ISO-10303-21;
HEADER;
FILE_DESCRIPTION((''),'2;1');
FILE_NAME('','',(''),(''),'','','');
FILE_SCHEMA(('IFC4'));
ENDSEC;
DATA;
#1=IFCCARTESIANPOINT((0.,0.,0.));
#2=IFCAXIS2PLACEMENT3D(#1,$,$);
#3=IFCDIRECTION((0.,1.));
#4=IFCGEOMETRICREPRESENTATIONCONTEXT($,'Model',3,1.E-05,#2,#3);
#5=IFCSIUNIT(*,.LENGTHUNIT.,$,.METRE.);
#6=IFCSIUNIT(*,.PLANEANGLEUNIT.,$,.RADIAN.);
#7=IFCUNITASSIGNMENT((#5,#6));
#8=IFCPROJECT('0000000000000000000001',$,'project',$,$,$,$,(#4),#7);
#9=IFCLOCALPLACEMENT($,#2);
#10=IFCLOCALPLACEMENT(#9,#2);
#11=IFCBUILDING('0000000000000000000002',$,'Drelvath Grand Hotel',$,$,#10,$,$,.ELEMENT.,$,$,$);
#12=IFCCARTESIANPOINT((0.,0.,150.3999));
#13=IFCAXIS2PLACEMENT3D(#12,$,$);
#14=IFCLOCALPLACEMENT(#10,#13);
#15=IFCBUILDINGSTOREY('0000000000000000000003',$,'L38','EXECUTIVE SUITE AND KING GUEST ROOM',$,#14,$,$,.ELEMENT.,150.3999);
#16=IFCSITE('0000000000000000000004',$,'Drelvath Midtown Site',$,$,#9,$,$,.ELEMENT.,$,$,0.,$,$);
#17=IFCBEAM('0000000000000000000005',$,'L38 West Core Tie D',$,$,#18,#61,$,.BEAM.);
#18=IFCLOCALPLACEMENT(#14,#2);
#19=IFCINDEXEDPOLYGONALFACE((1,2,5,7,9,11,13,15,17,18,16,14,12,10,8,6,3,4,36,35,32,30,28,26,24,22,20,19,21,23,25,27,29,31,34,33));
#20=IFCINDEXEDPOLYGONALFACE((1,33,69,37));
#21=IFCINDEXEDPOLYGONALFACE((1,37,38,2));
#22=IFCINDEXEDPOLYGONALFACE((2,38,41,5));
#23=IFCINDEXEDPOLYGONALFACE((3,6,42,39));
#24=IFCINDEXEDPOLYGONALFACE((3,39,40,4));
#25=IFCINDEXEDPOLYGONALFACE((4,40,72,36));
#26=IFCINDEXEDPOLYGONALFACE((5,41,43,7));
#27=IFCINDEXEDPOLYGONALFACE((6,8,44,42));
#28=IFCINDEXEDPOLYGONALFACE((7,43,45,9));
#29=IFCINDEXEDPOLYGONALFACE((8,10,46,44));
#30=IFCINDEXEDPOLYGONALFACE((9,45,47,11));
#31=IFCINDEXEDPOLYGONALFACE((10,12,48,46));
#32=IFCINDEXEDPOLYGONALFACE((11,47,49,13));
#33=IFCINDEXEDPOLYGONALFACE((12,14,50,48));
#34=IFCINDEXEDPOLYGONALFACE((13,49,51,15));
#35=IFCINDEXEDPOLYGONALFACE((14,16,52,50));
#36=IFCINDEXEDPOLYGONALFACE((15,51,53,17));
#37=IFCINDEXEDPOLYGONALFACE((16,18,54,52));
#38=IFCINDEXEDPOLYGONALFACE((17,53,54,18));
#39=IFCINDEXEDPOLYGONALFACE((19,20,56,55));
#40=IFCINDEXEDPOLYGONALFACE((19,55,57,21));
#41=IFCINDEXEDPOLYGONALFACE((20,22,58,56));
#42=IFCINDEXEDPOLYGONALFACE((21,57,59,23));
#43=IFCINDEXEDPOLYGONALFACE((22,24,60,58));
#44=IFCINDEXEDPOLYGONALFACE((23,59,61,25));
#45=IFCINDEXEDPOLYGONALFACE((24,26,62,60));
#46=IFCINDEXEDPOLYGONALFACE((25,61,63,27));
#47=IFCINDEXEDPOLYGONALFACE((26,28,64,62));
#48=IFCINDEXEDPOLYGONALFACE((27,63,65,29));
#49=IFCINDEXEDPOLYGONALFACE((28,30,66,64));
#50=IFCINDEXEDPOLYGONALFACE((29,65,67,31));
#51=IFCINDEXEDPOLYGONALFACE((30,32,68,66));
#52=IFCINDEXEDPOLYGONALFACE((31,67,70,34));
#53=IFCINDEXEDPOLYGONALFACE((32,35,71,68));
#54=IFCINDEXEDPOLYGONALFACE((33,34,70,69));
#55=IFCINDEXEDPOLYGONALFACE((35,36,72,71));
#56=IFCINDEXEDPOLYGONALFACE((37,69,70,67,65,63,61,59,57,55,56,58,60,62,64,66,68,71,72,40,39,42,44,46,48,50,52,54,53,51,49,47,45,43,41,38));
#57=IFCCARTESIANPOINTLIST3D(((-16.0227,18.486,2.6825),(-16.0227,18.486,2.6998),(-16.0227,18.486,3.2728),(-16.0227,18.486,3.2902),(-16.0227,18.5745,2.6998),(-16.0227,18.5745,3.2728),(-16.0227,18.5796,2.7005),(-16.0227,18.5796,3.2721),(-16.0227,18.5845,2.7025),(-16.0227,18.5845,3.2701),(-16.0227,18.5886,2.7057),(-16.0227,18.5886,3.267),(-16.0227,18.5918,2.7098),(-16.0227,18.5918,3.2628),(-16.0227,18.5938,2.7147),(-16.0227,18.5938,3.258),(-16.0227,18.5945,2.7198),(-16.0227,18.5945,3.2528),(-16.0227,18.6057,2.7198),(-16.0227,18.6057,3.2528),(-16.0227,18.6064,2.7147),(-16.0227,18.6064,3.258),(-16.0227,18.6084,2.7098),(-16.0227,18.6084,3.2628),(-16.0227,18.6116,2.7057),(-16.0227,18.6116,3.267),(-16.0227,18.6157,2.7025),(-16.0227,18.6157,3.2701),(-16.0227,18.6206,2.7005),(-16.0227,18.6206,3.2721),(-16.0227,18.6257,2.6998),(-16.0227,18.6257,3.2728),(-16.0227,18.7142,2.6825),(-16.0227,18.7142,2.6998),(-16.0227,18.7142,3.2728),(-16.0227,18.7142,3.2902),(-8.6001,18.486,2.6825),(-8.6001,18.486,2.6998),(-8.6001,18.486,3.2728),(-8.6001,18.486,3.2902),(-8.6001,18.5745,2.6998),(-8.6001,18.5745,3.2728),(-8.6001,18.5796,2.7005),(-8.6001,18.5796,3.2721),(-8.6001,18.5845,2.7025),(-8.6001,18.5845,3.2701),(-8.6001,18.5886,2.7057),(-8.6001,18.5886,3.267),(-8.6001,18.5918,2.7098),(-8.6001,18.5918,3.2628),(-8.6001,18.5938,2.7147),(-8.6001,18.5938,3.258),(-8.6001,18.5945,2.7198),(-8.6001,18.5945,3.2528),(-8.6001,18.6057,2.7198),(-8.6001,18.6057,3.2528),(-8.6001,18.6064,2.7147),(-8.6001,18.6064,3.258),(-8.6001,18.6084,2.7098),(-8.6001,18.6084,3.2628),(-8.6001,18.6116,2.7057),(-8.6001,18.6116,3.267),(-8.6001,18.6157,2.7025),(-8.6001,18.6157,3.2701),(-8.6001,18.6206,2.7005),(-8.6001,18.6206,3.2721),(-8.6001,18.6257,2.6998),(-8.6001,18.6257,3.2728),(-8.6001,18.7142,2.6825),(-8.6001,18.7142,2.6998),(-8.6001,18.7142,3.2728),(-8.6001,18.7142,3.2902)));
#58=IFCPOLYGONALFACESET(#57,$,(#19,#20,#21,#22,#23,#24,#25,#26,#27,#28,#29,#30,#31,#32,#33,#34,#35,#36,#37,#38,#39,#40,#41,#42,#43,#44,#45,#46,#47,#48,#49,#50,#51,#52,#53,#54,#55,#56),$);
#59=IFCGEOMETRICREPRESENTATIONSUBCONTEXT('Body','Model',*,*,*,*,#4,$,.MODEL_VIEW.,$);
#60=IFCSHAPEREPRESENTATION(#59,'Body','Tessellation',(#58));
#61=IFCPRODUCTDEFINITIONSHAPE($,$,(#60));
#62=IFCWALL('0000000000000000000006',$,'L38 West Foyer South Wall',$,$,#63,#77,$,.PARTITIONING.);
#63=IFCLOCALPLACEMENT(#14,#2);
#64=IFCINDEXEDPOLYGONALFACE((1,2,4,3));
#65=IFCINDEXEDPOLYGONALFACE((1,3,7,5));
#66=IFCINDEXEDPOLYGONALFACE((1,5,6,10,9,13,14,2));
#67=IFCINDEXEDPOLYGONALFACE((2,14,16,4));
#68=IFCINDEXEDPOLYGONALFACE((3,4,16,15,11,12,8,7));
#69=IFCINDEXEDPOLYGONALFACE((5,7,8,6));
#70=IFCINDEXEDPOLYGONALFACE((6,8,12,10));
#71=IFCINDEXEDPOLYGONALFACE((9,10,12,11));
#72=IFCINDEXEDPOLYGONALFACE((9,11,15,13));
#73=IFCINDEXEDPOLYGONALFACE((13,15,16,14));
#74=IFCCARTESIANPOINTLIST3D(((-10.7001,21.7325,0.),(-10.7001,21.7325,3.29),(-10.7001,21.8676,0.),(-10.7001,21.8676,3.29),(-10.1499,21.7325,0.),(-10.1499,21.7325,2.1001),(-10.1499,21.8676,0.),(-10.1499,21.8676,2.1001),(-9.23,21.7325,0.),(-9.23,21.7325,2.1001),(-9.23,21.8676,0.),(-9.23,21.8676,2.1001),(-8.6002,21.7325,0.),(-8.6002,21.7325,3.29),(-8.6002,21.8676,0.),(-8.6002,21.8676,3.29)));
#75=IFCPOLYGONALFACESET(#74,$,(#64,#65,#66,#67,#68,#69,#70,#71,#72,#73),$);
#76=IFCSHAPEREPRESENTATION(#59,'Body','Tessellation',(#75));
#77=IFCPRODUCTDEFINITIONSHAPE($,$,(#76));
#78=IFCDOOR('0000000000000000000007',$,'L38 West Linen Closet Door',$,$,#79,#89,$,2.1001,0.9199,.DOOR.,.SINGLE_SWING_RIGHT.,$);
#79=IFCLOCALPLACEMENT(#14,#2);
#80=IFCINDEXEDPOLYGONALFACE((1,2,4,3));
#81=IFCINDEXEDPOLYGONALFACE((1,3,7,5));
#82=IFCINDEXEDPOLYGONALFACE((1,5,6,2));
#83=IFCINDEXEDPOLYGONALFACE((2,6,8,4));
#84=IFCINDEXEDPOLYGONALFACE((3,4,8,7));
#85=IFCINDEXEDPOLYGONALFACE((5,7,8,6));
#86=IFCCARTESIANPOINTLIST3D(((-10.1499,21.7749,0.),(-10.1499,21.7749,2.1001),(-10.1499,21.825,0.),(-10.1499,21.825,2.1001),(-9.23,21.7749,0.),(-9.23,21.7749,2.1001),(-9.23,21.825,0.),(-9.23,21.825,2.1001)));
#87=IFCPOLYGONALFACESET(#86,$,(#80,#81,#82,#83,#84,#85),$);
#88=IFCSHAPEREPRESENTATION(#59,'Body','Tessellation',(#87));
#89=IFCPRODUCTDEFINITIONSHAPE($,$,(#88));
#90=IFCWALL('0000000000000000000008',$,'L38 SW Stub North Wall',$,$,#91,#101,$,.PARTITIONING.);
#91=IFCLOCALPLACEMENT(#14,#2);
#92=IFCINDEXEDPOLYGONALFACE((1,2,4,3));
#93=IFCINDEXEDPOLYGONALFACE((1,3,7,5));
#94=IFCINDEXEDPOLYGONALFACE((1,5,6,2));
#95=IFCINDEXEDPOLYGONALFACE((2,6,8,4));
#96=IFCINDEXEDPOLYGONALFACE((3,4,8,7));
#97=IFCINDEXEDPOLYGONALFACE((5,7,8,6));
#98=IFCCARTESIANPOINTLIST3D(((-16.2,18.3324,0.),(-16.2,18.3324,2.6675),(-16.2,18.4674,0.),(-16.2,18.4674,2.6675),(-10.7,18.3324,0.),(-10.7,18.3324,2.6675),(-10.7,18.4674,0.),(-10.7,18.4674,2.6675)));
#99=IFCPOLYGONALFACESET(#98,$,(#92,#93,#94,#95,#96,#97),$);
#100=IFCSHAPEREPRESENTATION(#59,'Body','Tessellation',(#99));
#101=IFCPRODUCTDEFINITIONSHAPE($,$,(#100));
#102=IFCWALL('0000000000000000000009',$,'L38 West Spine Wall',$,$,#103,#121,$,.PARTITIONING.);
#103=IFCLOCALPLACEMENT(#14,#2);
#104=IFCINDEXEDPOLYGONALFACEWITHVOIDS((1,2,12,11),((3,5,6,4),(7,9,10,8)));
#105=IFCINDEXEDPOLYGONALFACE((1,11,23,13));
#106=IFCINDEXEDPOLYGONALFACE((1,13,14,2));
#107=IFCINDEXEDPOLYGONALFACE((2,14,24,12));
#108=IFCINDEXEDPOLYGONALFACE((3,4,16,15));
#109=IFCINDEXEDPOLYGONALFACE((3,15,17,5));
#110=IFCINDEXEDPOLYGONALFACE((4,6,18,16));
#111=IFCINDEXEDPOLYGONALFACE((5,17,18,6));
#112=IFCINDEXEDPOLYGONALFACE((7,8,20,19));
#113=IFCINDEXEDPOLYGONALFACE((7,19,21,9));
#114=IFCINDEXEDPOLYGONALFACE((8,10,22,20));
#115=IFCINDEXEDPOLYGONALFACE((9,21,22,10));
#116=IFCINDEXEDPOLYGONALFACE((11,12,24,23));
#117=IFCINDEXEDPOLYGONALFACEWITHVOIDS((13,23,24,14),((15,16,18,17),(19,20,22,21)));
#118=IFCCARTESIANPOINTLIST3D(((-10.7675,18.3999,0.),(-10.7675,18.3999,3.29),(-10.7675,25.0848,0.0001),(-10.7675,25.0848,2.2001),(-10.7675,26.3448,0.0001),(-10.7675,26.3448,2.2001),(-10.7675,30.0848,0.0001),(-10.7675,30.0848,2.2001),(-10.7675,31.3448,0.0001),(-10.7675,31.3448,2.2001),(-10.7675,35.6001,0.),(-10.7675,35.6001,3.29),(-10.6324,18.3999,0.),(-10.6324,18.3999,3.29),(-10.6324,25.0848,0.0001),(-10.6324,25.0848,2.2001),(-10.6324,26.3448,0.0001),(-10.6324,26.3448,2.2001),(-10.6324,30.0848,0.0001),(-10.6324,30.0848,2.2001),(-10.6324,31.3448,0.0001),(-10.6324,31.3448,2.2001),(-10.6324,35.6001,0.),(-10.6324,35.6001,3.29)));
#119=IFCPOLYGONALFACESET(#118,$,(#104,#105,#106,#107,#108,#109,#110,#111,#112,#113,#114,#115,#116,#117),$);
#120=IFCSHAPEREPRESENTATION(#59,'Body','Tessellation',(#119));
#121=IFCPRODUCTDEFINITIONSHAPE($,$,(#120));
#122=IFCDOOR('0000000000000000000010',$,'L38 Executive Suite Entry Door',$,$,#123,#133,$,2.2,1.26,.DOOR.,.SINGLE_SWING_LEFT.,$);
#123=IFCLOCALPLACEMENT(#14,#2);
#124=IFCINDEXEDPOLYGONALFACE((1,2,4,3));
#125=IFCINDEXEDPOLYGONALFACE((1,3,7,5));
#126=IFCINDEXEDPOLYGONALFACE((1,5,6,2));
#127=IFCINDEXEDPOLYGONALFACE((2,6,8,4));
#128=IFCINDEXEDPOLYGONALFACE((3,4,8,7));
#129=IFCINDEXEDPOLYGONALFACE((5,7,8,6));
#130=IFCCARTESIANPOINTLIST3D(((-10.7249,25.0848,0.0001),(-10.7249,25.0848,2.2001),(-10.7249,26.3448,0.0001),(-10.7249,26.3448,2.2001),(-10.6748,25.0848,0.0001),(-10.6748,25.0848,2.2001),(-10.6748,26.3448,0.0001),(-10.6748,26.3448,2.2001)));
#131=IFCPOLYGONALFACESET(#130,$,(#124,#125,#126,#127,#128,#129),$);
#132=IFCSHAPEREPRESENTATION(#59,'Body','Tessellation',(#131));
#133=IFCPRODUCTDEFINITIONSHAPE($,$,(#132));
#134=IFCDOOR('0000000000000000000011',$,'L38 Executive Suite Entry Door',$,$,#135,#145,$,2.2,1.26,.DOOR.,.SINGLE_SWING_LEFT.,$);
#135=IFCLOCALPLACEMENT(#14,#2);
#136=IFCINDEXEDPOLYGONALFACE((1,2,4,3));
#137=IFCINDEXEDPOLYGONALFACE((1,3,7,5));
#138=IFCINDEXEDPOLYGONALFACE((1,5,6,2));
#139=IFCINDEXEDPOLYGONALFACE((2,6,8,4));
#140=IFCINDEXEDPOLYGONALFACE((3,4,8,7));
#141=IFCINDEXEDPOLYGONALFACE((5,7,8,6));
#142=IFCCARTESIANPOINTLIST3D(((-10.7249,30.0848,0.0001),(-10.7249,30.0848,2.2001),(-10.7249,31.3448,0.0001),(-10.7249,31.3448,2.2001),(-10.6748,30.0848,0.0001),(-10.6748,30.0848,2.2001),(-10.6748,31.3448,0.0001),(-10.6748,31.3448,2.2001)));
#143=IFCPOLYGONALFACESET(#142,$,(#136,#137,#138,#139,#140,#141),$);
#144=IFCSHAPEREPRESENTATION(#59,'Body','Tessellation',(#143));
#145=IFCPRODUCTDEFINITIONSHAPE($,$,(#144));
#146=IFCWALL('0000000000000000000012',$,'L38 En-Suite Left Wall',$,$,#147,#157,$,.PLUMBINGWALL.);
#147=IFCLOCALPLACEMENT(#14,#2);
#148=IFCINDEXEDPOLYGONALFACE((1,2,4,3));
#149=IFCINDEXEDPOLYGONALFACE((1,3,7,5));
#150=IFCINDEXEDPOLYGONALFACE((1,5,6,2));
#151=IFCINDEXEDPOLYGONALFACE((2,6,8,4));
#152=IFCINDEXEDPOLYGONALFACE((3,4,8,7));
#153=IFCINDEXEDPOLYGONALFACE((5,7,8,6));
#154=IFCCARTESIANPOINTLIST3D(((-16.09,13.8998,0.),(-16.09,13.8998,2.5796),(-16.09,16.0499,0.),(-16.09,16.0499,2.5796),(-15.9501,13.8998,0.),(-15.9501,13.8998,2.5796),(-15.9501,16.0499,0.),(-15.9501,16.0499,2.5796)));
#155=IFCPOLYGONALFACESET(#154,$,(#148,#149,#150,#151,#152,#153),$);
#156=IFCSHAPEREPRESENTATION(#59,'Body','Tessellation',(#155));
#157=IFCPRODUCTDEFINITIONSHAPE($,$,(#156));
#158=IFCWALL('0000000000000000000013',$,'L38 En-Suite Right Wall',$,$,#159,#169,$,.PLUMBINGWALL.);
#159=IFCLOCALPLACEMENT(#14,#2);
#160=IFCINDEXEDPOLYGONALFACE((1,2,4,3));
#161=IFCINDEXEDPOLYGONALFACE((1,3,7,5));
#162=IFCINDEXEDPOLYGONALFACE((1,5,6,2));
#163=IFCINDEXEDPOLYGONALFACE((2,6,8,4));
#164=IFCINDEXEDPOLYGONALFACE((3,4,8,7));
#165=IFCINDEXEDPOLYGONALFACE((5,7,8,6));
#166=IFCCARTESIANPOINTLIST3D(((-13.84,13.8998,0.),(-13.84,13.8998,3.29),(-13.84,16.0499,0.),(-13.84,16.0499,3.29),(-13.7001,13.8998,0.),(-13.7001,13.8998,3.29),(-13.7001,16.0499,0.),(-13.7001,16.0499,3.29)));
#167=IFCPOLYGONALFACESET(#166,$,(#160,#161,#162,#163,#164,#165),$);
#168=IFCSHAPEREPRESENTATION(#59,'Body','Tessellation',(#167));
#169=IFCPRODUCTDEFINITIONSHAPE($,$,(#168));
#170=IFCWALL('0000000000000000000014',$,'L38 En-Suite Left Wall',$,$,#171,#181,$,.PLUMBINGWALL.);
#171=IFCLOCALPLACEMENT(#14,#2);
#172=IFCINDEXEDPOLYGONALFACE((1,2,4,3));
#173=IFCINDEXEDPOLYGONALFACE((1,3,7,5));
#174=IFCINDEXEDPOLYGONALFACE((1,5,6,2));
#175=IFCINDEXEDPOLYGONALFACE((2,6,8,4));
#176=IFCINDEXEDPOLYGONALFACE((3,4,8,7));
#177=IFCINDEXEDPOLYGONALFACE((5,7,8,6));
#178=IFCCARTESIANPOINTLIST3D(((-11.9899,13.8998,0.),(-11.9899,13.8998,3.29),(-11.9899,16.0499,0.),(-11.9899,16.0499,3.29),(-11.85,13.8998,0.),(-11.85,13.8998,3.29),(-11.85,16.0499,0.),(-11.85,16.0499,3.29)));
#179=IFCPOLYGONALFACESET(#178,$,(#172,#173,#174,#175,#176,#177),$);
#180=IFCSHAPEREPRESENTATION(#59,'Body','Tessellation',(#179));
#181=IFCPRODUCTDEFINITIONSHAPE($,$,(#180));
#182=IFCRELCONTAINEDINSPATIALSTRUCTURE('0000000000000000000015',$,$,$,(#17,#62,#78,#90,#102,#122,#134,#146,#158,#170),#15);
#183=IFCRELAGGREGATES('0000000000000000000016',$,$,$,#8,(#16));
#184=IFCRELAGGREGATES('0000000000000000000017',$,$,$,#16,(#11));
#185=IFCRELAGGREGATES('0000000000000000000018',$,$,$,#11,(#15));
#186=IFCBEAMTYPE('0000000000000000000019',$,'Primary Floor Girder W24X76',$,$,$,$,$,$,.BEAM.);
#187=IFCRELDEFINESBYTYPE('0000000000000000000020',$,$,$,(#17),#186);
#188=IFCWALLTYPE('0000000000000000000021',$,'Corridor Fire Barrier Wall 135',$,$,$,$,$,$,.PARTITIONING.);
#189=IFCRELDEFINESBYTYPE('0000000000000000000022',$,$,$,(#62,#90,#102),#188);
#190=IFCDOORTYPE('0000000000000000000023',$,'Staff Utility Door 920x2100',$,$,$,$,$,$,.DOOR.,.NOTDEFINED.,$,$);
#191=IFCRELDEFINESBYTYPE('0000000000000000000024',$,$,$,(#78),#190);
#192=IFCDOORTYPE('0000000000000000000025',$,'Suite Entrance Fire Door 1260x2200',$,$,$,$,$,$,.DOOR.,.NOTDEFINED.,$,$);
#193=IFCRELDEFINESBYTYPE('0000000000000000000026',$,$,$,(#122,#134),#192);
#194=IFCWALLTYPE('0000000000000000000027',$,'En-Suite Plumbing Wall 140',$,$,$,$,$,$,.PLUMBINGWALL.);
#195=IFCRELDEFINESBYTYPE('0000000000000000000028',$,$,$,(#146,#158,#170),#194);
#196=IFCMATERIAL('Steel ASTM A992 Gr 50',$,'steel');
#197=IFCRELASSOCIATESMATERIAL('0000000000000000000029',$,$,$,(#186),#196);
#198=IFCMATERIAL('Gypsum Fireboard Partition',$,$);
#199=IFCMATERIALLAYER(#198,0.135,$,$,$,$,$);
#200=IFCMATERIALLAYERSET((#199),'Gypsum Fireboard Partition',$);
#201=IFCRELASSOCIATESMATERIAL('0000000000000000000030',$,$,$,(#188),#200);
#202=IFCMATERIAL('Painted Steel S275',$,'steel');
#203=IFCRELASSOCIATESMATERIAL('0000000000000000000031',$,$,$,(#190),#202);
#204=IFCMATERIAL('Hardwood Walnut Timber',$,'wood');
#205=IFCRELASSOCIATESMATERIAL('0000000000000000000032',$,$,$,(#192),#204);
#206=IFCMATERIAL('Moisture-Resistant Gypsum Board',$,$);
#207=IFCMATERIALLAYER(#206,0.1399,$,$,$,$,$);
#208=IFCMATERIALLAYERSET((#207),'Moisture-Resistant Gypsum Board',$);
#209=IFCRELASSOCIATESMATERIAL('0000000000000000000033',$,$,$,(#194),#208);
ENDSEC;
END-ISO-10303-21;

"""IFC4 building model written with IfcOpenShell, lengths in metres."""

from ifc_helpers import new_model, si_unit, direction, frame, frame_2d, origin, origin_2d, place, context, subcontext, project, spatial, rectangle, i_section, extrude, material, layer, layer_set, material_profile, profile_set, type_object, element, fill, save


model = new_model("IFC4")

# Units and contexts
model_context = context("Model", 3, precision=1e-05, world=origin(), true_north=direction((0.0, 1.0)))
body_context = subcontext(model_context, "Body", "Model", "MODEL_VIEW")
ifc_project = project(units=[si_unit("LENGTHUNIT", "METRE"), si_unit("PLANEANGLEUNIT", "RADIAN")], contexts=[model_context])

# Site, building, storey
site_placement = place(None, origin())
site = spatial("IfcSite", under=ifc_project, at=site_placement, Name="Drelvath Midtown Site", CompositionType="ELEMENT", RefElevation=0.0)
building_placement = place(site_placement, origin())
building = spatial("IfcBuilding", under=site, at=building_placement, Name="Drelvath Grand Hotel", CompositionType="ELEMENT")
storey_placement = place(building_placement, frame((0.0, 0.0, 150.3999)))
storey = spatial("IfcBuildingStorey", under=building, at=storey_placement, Name="L38", Description="EXECUTIVE SUITE AND KING GUEST ROOM", CompositionType="ELEMENT", Elevation=150.3999)

# Beam
ifc_material_1 = material(Name="Steel ASTM A992 Gr 50", Category="steel")
ifc_material_profile = material_profile(ifc_material_1, i_section(OverallWidth=0.2283, OverallDepth=0.6077, WebThickness=0.0112, FlangeThickness=0.0173, FilletRadius=0.02, at=origin_2d()), Name="W24X76")
ifc_profile_set = profile_set([ifc_material_profile], Name="Steel ASTM A992 Gr 50")
beam_type = type_object("IfcBeamType", Name="Primary Floor Girder W24X76", PredefinedType="BEAM", material=ifc_profile_set)
beam_placement = place(storey_placement, frame((-16.0227, 18.6001, 2.9863), z_axis=(1.0, 0.0, 0.0), x_axis=(0.0, 1.0, 0.0)))
element("IfcBeam", 1, at=beam_placement, inside=storey, type_object=beam_type, Name="L38 West Core Tie D", PredefinedType="BEAM", context=body_context, shape_type="SweptSolid", body=[
    extrude(i_section(OverallWidth=0.2283, OverallDepth=0.6077, WebThickness=0.0112, FlangeThickness=0.0173, FilletRadius=0.02, at=origin_2d()), origin(), (0.0, 0.0, 1.0), 7.4226),
])

# Wall, opening, door
ifc_material_2 = material(Name="Gypsum Fireboard Partition")
ifc_layer_1 = layer(ifc_material_2, 0.135)
ifc_layer_set_1 = layer_set([ifc_layer_1], Name="Gypsum Fireboard Partition")
wall_type_1 = type_object("IfcWallType", Name="Corridor Fire Barrier Wall 135", PredefinedType="PARTITIONING", material=ifc_layer_set_1)
wall_1_placement = place(storey_placement, frame((-10.7, 21.8, 0.0), z_axis=(0.0, 0.0, 1.0), x_axis=(1.0, 0.0, 0.0)))
wall_1 = element("IfcWall", 2, at=wall_1_placement, inside=storey, type_object=wall_type_1, Name="L38 West Foyer South Wall", PredefinedType="PARTITIONING", context=body_context, shape_type="SweptSolid", body=[
    extrude(rectangle(XDim=2.0999, YDim=0.135, at=frame_2d((1.0498, 0.0))), origin(), (0.0, 0.0, 1.0), 3.29),
])
opening_1_placement = place(wall_1_placement, frame((0.55, 0.0, 0.0)))
opening_1 = element("IfcOpeningElement", 3, at=opening_1_placement, cuts=wall_1, PredefinedType="OPENING", context=body_context, shape_type="SweptSolid", body=[
    extrude(rectangle(XDim=0.9199, YDim=2.1001, at=frame_2d((0.46, 1.05))), frame((0.0, 0.0774, 0.0), z_axis=(0.0, -1.0, 0.0), x_axis=(1.0, 0.0, 0.0)), (0.0, 0.0, 1.0), 0.155),
])
ifc_material_3 = material(Name="Painted Steel S275", Category="steel")
door_type_1 = type_object("IfcDoorType", Name="Staff Utility Door 920x2100", OperationType="NOTDEFINED", PredefinedType="DOOR", material=ifc_material_3)
door_1_placement = place(opening_1_placement, origin())
door_1 = element("IfcDoor", 4, at=door_1_placement, inside=storey, type_object=door_type_1, Name="L38 West Linen Closet Door", OperationType="SINGLE_SWING_RIGHT", OverallHeight=2.1001, OverallWidth=0.9199, PredefinedType="DOOR", context=body_context, shape_type="SweptSolid", body=[
    extrude(rectangle(XDim=0.9199, YDim=2.1001, at=frame_2d((0.46, 1.05))), frame((0.0, 0.0249, 0.0), z_axis=(0.0, -1.0, 0.0), x_axis=(1.0, 0.0, 0.0)), (0.0, 0.0, 1.0), 0.05),
])
fill(opening_1, door_1)

# Wall
wall_2_placement = place(storey_placement, frame((-16.2, 18.3999, 0.0), z_axis=(0.0, 0.0, 1.0), x_axis=(1.0, 0.0, 0.0)))
element("IfcWall", 5, at=wall_2_placement, inside=storey, type_object=wall_type_1, Name="L38 SW Stub North Wall", PredefinedType="PARTITIONING", context=body_context, shape_type="SweptSolid", body=[
    extrude(rectangle(XDim=5.5, YDim=0.135, at=frame_2d((2.75, 0.0))), origin(), (0.0, 0.0, 1.0), 2.6675),
])

# Wall, openings, doors
wall_3_placement = place(storey_placement, frame((-10.7, 18.3999, 0.0), z_axis=(0.0, 0.0, 1.0), x_axis=(0.0, 1.0, 0.0)))
wall_3 = element("IfcWall", 6, at=wall_3_placement, inside=storey, type_object=wall_type_1, Name="L38 West Spine Wall", PredefinedType="PARTITIONING", context=body_context, shape_type="SweptSolid", body=[
    extrude(rectangle(XDim=17.2002, YDim=0.135, at=frame_2d((8.6001, 0.0))), origin(), (0.0, 0.0, 1.0), 3.29),
])
opening_2_placement = place(wall_3_placement, frame((6.6851, 0.0, 0.0)))
opening_2 = element("IfcOpeningElement", 7, at=opening_2_placement, cuts=wall_3, PredefinedType="OPENING", context=body_context, shape_type="SweptSolid", body=[
    extrude(rectangle(XDim=1.26, YDim=2.2, at=frame_2d((0.6299, 1.1001))), frame((0.0, 0.0774, 0.0), z_axis=(0.0, -1.0, 0.0), x_axis=(1.0, 0.0, 0.0)), (0.0, 0.0, 1.0), 0.155),
])
opening_3_placement = place(wall_3_placement, frame((11.6851, 0.0, 0.0)))
opening_3 = element("IfcOpeningElement", 8, at=opening_3_placement, cuts=wall_3, PredefinedType="OPENING", context=body_context, shape_type="SweptSolid", body=[
    extrude(rectangle(XDim=1.26, YDim=2.2, at=frame_2d((0.6299, 1.1001))), frame((0.0, 0.0774, 0.0), z_axis=(0.0, -1.0, 0.0), x_axis=(1.0, 0.0, 0.0)), (0.0, 0.0, 1.0), 0.155),
])
ifc_material_4 = material(Name="Hardwood Walnut Timber", Category="wood")
door_type_2 = type_object("IfcDoorType", Name="Suite Entrance Fire Door 1260x2200", OperationType="NOTDEFINED", PredefinedType="DOOR", material=ifc_material_4)
door_2_placement = place(opening_2_placement, origin())
door_2 = element("IfcDoor", 9, at=door_2_placement, inside=storey, type_object=door_type_2, Name="L38 Executive Suite Entry Door", OperationType="SINGLE_SWING_LEFT", OverallHeight=2.2, OverallWidth=1.26, PredefinedType="DOOR", context=body_context, shape_type="SweptSolid", body=[
    extrude(rectangle(XDim=1.26, YDim=2.2, at=frame_2d((0.6299, 1.1001))), frame((0.0, 0.0249, 0.0), z_axis=(0.0, -1.0, 0.0), x_axis=(1.0, 0.0, 0.0)), (0.0, 0.0, 1.0), 0.05),
])
fill(opening_2, door_2)
door_3_placement = place(opening_3_placement, origin())
door_3 = element("IfcDoor", 10, at=door_3_placement, inside=storey, type_object=door_type_2, Name="L38 Executive Suite Entry Door", OperationType="SINGLE_SWING_LEFT", OverallHeight=2.2, OverallWidth=1.26, PredefinedType="DOOR", context=body_context, shape_type="SweptSolid", body=[
    extrude(rectangle(XDim=1.26, YDim=2.2, at=frame_2d((0.6299, 1.1001))), frame((0.0, 0.0249, 0.0), z_axis=(0.0, -1.0, 0.0), x_axis=(1.0, 0.0, 0.0)), (0.0, 0.0, 1.0), 0.05),
])
fill(opening_3, door_3)

# Walls
ifc_material_5 = material(Name="Moisture-Resistant Gypsum Board")
ifc_layer_2 = layer(ifc_material_5, 0.1399)
ifc_layer_set_2 = layer_set([ifc_layer_2], Name="Moisture-Resistant Gypsum Board")
wall_type_2 = type_object("IfcWallType", Name="En-Suite Plumbing Wall 140", PredefinedType="PLUMBINGWALL", material=ifc_layer_set_2)
wall_4_placement = place(storey_placement, frame((-16.02, 16.05, 0.0), z_axis=(0.0, 0.0, 1.0), x_axis=(0.0, -1.0, 0.0)))
element("IfcWall", 11, at=wall_4_placement, inside=storey, type_object=wall_type_2, Name="L38 En-Suite Left Wall", PredefinedType="PLUMBINGWALL", context=body_context, shape_type="SweptSolid", body=[
    extrude(rectangle(XDim=2.1501, YDim=0.1399, at=frame_2d((1.0752, 0.0))), origin(), (0.0, 0.0, 1.0), 2.5796),
])
for number, where, z_axis, x_axis, name in (
    (12, (-13.77, 16.05, 0.0), (0.0, 0.0, 1.0), (0.0, -1.0, 0.0), "L38 En-Suite Right Wall"),
    (13, (-11.9199, 16.05, 0.0), (0.0, 0.0, 1.0), (0.0, -1.0, 0.0), "L38 En-Suite Left Wall"),
):
    element("IfcWall", number, at=place(storey_placement, frame(where, z_axis=z_axis, x_axis=x_axis)), inside=storey, type_object=wall_type_2, Name=name, PredefinedType="PLUMBINGWALL", context=body_context, shape_type="SweptSolid", body=[
        extrude(rectangle(XDim=2.1501, YDim=0.1399, at=frame_2d((1.0752, 0.0))), origin(), (0.0, 0.0, 1.0), 3.29),
    ])

save(model, "model.ifc")
